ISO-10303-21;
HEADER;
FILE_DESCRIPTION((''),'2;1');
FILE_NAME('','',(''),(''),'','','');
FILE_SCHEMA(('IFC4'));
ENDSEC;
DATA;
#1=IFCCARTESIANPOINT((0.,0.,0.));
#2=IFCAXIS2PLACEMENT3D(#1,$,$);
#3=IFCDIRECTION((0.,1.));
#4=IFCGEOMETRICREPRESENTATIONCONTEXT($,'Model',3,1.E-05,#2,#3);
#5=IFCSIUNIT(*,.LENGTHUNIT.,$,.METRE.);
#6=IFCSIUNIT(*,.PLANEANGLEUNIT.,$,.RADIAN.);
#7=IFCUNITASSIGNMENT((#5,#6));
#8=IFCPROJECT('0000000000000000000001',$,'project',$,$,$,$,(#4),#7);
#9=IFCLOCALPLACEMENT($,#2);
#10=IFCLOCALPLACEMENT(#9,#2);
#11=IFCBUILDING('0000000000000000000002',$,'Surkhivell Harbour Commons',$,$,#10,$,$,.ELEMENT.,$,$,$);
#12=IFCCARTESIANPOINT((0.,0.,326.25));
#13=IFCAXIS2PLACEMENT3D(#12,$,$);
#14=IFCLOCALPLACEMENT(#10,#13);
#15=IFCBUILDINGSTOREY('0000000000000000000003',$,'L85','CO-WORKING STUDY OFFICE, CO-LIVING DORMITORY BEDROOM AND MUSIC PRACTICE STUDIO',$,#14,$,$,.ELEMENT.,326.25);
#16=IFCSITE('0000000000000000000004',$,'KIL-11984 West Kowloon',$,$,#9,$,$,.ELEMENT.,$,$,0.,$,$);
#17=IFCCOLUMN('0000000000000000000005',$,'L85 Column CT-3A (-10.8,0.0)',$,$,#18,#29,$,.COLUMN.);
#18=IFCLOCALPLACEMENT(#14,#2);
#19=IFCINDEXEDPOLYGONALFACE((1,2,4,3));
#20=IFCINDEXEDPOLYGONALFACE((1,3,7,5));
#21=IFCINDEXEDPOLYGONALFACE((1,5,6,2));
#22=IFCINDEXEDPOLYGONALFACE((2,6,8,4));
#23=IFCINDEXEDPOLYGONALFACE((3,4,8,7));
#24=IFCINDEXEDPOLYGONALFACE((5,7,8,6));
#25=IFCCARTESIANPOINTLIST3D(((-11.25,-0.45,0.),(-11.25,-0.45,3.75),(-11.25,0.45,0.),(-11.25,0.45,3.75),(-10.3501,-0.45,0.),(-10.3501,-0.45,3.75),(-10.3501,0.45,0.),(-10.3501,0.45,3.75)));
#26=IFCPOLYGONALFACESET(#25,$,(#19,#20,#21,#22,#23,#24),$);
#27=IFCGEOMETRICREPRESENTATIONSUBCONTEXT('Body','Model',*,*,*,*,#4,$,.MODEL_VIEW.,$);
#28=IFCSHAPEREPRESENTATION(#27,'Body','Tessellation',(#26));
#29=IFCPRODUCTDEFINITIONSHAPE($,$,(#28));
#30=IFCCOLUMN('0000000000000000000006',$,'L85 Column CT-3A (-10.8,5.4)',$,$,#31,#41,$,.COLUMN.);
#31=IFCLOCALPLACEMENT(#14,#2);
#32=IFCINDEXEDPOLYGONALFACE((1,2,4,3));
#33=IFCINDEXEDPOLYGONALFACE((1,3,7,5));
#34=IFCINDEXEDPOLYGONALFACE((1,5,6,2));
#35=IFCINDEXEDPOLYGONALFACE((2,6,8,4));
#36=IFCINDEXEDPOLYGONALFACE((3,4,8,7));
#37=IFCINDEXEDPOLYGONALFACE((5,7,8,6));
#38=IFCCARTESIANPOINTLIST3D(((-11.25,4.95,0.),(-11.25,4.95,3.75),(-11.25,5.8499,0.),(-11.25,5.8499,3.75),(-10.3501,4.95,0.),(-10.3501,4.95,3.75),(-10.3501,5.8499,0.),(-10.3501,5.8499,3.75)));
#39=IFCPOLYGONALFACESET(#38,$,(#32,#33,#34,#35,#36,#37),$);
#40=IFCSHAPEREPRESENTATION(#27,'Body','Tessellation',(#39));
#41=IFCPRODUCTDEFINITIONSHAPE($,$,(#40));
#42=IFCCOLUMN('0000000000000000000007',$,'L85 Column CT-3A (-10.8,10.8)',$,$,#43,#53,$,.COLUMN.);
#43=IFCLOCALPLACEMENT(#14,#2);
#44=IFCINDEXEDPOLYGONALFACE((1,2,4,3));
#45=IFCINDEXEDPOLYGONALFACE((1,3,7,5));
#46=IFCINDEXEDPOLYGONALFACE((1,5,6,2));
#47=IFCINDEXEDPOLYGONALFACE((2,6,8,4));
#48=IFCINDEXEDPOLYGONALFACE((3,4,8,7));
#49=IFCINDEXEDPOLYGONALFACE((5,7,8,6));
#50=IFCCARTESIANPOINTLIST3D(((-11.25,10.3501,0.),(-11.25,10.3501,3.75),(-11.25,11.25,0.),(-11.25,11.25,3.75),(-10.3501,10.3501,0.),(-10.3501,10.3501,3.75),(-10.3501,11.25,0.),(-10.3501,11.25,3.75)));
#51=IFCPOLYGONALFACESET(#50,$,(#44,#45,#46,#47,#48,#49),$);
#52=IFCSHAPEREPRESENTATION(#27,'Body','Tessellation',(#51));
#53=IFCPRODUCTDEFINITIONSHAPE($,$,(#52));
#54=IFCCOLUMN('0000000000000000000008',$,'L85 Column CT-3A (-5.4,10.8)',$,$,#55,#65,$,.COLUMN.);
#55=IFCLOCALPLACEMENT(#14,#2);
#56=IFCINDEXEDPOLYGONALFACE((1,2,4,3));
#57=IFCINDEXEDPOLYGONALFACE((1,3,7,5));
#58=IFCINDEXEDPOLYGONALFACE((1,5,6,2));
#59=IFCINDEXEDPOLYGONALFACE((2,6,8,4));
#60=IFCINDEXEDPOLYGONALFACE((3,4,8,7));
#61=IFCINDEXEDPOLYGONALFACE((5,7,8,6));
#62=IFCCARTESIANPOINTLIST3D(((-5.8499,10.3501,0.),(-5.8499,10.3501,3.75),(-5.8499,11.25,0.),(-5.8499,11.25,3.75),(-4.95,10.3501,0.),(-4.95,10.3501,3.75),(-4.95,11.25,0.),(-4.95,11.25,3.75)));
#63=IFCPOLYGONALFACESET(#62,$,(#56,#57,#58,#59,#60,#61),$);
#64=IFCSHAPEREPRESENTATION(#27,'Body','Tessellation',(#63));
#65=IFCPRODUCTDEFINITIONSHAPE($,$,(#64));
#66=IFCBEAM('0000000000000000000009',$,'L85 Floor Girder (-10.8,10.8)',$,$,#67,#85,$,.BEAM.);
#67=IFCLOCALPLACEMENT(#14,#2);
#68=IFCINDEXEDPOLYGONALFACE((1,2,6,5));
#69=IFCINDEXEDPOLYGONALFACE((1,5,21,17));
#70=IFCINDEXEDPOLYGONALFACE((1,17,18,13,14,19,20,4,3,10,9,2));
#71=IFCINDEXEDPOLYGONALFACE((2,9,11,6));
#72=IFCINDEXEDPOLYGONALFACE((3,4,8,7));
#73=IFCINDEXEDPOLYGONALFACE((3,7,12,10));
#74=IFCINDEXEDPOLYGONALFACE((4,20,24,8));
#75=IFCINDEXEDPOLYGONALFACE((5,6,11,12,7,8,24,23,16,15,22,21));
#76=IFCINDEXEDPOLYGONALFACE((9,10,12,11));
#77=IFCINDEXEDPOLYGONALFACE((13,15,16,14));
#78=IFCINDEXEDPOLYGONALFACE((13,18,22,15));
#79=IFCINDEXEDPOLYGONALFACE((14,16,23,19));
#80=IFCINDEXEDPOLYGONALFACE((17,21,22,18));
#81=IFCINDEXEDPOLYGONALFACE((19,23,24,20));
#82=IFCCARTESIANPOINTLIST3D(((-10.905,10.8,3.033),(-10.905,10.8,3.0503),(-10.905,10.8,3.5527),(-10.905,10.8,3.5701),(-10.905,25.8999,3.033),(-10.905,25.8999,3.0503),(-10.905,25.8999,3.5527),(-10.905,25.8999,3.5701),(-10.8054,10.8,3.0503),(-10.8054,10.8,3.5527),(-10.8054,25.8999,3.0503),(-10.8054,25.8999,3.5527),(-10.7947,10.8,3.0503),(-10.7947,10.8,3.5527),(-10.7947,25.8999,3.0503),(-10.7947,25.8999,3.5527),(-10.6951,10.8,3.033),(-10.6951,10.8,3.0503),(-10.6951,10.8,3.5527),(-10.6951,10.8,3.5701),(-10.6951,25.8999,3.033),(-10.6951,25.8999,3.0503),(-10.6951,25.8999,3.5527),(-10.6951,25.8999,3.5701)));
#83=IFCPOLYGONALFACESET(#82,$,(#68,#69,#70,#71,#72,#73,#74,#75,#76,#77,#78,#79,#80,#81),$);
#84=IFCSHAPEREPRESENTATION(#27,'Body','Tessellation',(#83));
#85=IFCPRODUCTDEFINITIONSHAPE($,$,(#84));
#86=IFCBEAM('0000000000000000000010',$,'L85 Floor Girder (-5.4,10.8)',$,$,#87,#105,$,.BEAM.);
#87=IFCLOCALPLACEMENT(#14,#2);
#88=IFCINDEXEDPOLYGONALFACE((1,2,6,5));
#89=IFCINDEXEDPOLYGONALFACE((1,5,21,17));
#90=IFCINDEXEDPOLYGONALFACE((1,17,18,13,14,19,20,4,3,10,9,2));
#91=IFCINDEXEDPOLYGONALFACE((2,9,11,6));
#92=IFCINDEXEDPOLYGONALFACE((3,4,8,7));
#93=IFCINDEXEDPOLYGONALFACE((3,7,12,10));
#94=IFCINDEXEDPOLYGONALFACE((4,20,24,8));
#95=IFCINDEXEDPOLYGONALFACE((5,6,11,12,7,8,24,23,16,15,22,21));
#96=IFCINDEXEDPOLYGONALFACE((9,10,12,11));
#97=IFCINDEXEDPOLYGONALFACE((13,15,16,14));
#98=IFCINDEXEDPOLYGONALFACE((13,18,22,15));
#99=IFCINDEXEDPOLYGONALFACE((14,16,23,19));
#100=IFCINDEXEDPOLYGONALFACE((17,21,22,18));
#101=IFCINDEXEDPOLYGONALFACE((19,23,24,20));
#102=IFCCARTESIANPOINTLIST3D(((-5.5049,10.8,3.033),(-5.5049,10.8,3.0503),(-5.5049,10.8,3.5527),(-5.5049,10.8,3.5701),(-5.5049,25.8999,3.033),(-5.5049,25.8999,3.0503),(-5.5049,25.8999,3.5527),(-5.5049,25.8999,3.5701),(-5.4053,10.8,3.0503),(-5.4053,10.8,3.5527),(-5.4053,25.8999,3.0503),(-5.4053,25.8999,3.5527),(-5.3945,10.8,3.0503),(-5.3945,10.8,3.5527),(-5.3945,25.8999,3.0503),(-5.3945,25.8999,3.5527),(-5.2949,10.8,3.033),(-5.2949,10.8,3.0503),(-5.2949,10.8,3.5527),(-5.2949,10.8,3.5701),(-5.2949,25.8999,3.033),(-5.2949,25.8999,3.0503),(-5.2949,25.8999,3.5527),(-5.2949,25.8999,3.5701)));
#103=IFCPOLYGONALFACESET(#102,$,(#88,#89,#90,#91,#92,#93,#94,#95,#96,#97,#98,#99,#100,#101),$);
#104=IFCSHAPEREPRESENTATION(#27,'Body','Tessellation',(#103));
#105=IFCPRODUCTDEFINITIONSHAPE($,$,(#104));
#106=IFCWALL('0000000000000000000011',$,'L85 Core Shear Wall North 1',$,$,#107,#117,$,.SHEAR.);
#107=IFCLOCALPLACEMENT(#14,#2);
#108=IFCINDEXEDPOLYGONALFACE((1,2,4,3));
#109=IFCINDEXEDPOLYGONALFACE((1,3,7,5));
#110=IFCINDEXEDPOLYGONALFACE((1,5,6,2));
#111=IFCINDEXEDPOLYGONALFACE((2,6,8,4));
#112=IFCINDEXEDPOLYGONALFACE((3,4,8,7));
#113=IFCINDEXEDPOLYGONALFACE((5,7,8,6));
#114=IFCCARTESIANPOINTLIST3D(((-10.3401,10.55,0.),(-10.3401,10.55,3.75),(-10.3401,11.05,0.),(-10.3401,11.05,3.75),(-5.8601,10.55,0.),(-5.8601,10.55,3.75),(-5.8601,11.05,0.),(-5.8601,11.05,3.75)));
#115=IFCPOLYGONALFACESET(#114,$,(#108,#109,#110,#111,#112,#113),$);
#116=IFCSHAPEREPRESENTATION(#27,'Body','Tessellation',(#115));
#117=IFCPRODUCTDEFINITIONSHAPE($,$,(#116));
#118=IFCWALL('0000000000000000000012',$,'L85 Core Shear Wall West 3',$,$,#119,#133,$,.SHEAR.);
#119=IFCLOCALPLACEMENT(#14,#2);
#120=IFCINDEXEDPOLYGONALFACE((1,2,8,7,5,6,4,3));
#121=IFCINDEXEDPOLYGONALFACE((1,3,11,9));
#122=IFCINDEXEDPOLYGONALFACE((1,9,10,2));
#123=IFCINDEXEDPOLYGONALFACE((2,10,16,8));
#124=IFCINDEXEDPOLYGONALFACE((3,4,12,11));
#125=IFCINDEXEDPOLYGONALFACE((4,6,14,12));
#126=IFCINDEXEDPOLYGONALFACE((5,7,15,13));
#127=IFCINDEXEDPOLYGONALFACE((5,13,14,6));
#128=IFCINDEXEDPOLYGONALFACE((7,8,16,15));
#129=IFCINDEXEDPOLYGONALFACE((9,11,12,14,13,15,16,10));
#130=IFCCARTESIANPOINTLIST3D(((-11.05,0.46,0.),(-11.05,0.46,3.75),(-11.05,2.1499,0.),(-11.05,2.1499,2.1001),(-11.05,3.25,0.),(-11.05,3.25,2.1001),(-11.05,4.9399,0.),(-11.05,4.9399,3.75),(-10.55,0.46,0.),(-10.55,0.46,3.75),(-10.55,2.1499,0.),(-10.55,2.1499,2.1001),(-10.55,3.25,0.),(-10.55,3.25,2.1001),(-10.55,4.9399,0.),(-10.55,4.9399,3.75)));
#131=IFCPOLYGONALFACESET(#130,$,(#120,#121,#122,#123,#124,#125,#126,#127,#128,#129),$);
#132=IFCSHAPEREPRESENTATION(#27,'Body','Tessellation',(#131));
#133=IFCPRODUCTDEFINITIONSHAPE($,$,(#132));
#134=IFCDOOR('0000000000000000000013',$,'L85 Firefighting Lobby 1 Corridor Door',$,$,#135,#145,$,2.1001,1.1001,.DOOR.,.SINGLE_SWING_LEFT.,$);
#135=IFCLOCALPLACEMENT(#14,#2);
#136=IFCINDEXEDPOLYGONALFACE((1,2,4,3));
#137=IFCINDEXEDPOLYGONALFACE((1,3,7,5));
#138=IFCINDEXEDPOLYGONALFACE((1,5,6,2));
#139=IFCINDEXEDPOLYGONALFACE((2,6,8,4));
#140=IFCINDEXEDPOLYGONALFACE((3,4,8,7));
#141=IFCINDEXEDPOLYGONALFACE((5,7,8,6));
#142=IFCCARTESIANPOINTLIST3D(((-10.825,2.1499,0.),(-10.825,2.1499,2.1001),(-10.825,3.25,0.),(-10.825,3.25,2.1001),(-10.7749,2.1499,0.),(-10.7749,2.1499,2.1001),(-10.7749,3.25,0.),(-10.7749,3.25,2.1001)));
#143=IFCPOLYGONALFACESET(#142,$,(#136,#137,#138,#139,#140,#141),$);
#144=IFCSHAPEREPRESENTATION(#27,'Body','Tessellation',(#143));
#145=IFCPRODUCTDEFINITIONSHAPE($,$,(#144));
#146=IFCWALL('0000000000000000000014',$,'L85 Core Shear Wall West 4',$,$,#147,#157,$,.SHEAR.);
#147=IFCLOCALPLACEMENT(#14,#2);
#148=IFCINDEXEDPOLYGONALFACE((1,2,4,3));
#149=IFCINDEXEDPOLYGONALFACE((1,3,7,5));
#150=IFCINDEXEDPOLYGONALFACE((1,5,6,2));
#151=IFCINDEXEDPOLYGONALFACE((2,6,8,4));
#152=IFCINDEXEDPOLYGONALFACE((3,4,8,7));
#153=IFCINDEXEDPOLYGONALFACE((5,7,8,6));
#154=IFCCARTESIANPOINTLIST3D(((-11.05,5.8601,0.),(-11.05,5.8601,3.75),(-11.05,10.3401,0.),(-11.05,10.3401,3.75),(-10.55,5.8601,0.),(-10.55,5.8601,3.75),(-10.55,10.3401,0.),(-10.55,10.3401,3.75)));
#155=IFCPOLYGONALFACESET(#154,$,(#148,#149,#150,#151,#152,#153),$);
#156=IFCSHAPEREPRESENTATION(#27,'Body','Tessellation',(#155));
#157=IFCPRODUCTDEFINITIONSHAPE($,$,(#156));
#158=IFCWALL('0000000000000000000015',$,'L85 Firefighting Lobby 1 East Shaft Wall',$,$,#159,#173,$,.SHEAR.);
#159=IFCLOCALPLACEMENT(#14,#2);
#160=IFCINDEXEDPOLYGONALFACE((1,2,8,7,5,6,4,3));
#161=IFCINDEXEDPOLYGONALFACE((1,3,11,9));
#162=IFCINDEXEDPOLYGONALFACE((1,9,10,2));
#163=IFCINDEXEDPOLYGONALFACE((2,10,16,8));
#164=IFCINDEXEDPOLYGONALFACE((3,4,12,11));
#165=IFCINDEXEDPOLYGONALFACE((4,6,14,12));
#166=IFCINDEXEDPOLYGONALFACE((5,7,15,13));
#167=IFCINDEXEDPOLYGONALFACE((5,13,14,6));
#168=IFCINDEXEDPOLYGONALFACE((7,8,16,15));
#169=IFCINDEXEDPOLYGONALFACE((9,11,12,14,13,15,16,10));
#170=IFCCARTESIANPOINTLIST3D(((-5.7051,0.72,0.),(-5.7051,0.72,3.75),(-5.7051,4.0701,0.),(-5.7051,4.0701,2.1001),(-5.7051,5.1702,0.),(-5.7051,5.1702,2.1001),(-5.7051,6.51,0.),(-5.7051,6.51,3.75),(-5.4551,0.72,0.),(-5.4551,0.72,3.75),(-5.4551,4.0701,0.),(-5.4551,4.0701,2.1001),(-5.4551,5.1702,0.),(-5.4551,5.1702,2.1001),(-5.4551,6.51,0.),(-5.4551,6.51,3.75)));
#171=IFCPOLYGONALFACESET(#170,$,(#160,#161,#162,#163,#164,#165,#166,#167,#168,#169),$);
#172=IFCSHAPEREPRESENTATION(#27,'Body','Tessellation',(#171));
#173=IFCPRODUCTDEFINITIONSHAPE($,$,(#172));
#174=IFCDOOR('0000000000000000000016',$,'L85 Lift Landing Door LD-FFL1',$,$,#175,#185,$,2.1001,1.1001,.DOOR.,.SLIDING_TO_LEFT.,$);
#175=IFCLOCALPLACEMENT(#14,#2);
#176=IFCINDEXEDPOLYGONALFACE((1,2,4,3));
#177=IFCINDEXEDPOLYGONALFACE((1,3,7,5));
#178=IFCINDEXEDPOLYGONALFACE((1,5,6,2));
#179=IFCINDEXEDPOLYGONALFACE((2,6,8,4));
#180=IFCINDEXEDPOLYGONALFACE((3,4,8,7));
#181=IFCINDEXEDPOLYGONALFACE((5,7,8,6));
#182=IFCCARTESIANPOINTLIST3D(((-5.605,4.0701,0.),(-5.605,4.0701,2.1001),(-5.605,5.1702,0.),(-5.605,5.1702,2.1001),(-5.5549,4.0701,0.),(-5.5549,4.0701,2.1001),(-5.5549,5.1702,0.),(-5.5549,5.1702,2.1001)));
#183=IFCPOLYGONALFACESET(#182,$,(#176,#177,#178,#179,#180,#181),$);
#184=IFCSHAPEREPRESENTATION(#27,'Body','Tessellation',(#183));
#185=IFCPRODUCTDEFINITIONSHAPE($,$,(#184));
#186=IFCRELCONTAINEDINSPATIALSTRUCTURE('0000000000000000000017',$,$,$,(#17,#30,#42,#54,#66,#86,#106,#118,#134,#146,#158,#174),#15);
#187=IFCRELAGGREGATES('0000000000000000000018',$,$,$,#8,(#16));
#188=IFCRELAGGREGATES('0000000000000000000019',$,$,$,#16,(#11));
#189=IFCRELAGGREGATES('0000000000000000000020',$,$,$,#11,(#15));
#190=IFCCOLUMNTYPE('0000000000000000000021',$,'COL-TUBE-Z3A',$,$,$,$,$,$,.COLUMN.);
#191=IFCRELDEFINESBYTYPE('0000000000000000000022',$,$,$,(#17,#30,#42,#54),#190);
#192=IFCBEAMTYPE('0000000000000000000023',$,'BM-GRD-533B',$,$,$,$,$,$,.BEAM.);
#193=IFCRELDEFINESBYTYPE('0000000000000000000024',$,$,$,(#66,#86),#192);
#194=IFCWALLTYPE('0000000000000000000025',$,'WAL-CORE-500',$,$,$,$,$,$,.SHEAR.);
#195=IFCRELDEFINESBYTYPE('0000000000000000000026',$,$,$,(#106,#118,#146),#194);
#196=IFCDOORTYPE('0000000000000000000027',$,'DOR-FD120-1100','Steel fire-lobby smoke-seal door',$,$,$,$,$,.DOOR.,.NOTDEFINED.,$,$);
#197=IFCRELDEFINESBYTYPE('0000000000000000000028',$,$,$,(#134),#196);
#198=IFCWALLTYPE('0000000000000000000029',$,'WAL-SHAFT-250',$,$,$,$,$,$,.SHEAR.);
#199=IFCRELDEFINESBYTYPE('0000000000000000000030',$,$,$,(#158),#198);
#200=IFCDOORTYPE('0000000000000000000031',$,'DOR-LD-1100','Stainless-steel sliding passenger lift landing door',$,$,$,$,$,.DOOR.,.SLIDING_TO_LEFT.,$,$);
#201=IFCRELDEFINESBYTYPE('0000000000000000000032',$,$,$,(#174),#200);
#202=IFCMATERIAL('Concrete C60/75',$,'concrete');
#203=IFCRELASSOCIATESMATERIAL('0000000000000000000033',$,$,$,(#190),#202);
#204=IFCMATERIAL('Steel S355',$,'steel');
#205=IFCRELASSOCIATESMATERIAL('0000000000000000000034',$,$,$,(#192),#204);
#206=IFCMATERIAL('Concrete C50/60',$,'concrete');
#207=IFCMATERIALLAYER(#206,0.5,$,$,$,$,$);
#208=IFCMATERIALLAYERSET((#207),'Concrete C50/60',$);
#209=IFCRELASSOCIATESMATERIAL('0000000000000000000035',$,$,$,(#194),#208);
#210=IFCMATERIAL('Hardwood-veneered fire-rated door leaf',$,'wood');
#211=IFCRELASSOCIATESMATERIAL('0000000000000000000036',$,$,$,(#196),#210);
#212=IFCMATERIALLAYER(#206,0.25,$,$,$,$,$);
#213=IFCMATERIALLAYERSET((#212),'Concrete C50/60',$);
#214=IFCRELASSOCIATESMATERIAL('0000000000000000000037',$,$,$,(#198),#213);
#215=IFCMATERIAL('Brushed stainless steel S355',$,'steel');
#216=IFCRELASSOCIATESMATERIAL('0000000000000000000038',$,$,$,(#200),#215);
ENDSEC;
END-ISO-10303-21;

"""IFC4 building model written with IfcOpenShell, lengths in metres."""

from ifc_helpers import new_model, si_unit, direction, frame, frame_2d, origin, origin_2d, place, context, subcontext, project, spatial, rectangle, i_section, extrude, material, layer, layer_set, material_profile, profile_set, type_object, element, fill, save


model = new_model("IFC4")

# Units and contexts
model_context = context("Model", 3, precision=1e-05, world=origin(), true_north=direction((0.0, 1.0)))
body_context = subcontext(model_context, "Body", "Model", "MODEL_VIEW")
ifc_project = project(units=[si_unit("LENGTHUNIT", "METRE"), si_unit("PLANEANGLEUNIT", "RADIAN")], contexts=[model_context])

# Site, building, storey
site_placement = place(None, origin())
site = spatial("IfcSite", under=ifc_project, at=site_placement, Name="KIL-11984 West Kowloon", CompositionType="ELEMENT", RefElevation=0.0)
building_placement = place(site_placement, origin())
building = spatial("IfcBuilding", under=site, at=building_placement, Name="Surkhivell Harbour Commons", CompositionType="ELEMENT")
storey_placement = place(building_placement, frame((0.0, 0.0, 326.25)))
storey = spatial("IfcBuildingStorey", under=building, at=storey_placement, Name="L85", Description="CO-WORKING STUDY OFFICE, CO-LIVING DORMITORY BEDROOM AND MUSIC PRACTICE STUDIO", CompositionType="ELEMENT", Elevation=326.25)

# Columns
ifc_material_1 = material(Name="Concrete C60/75", Category="concrete")
ifc_material_profile_1 = material_profile(ifc_material_1, rectangle(XDim=0.8999, YDim=0.8999, at=origin_2d()), Name="RC-COL-900x900")
ifc_profile_set_1 = profile_set([ifc_material_profile_1], Name="Concrete C60/75")
column_type = type_object("IfcColumnType", Name="COL-TUBE-Z3A", PredefinedType="COLUMN", material=ifc_profile_set_1)
for number, where, z_axis, x_axis, name in (
    (1, (-10.8, 0.0, 0.0), (0.0, 0.0, 1.0), (1.0, 0.0, 0.0), "L85 Column CT-3A (-10.8,0.0)"),
    (2, (-10.8, 5.3999, 0.0), (0.0, 0.0, 1.0), (1.0, 0.0, 0.0), "L85 Column CT-3A (-10.8,5.4)"),
    (3, (-10.8, 10.8, 0.0), (0.0, 0.0, 1.0), (1.0, 0.0, 0.0), "L85 Column CT-3A (-10.8,10.8)"),
    (4, (-5.3999, 10.8, 0.0), (0.0, 0.0, 1.0), (1.0, 0.0, 0.0), "L85 Column CT-3A (-5.4,10.8)"),
):
    element("IfcColumn", number, at=place(storey_placement, frame(where, z_axis=z_axis, x_axis=x_axis)), inside=storey, type_object=column_type, Name=name, PredefinedType="COLUMN", context=body_context, shape_type="SweptSolid", body=[
        extrude(rectangle(XDim=0.8999, YDim=0.8999, at=origin_2d()), origin(), (0.0, 0.0, 1.0), 3.75),
    ])

# Beams
ifc_material_2 = material(Name="Steel S355", Category="steel")
ifc_material_profile_2 = material_profile(ifc_material_2, i_section(OverallWidth=0.21, OverallDepth=0.5371, WebThickness=0.0107, FlangeThickness=0.0173, at=origin_2d()), Name="UB533x210x101")
ifc_profile_set_2 = profile_set([ifc_material_profile_2], Name="Steel S355")
beam_type = type_object("IfcBeamType", Name="BM-GRD-533B", PredefinedType="BEAM", material=ifc_profile_set_2)
for number, where, z_axis, x_axis, name in (
    (5, (-10.8, 10.8, 3.3015), (0.0, 1.0, 0.0), (-1.0, 0.0, 0.0), "L85 Floor Girder (-10.8,10.8)"),
    (6, (-5.3999, 10.8, 3.3015), (0.0, 1.0, 0.0), (-1.0, 0.0, 0.0), "L85 Floor Girder (-5.4,10.8)"),
):
    element("IfcBeam", number, at=place(storey_placement, frame(where, z_axis=z_axis, x_axis=x_axis)), inside=storey, type_object=beam_type, Name=name, PredefinedType="BEAM", context=body_context, shape_type="SweptSolid", body=[
        extrude(i_section(OverallWidth=0.21, OverallDepth=0.5371, WebThickness=0.0107, FlangeThickness=0.0173, at=origin_2d()), origin(), (0.0, 0.0, 1.0), 15.0999),
    ])

# Wall
ifc_material_3 = material(Name="Concrete C50/60", Category="concrete")
ifc_layer_1 = layer(ifc_material_3, 0.5)
ifc_layer_set_1 = layer_set([ifc_layer_1], Name="Concrete C50/60")
wall_type_1 = type_object("IfcWallType", Name="WAL-CORE-500", PredefinedType="SHEAR", material=ifc_layer_set_1)
wall_1_placement = place(storey_placement, frame((-10.3401, 10.8, 0.0), z_axis=(0.0, 0.0, 1.0), x_axis=(1.0, 0.0, 0.0)))
element("IfcWall", 7, at=wall_1_placement, inside=storey, type_object=wall_type_1, Name="L85 Core Shear Wall North 1", PredefinedType="SHEAR", context=body_context, shape_type="SweptSolid", body=[
    extrude(rectangle(XDim=4.48, YDim=0.5, at=frame_2d((2.24, 0.0))), origin(), (0.0, 0.0, 1.0), 3.75),
])

# Wall, opening, door
wall_2_placement = place(storey_placement, frame((-10.8, 0.46, 0.0), z_axis=(0.0, 0.0, 1.0), x_axis=(0.0, 1.0, 0.0)))
wall_2 = element("IfcWall", 8, at=wall_2_placement, inside=storey, type_object=wall_type_1, Name="L85 Core Shear Wall West 3", PredefinedType="SHEAR", context=body_context, shape_type="SweptSolid", body=[
    extrude(rectangle(XDim=4.48, YDim=0.5, at=frame_2d((2.24, 0.0))), origin(), (0.0, 0.0, 1.0), 3.75),
])
opening_1_placement = place(wall_2_placement, frame((1.6899, 0.0, 0.0)))
opening_1 = element("IfcOpeningElement", 9, at=opening_1_placement, cuts=wall_2, PredefinedType="OPENING", context=body_context, shape_type="SweptSolid", body=[
    extrude(rectangle(XDim=1.1001, YDim=2.1001, at=frame_2d((0.55, 1.05))), frame((0.0, 0.26, 0.0), z_axis=(0.0, -1.0, 0.0), x_axis=(1.0, 0.0, 0.0)), (0.0, 0.0, 1.0), 0.52),
])
ifc_material_4 = material(Name="Hardwood-veneered fire-rated door leaf", Category="wood")
door_type_1 = type_object("IfcDoorType", Name="DOR-FD120-1100", Description="Steel fire-lobby smoke-seal door", OperationType="NOTDEFINED", PredefinedType="DOOR", material=ifc_material_4)
door_1_placement = place(opening_1_placement, origin())
door_1 = element("IfcDoor", 10, at=door_1_placement, inside=storey, type_object=door_type_1, Name="L85 Firefighting Lobby 1 Corridor Door", OperationType="SINGLE_SWING_LEFT", OverallHeight=2.1001, OverallWidth=1.1001, PredefinedType="DOOR", context=body_context, shape_type="SweptSolid", body=[
    extrude(rectangle(XDim=1.1001, YDim=2.1001, at=frame_2d((0.55, 1.05))), frame((0.0, 0.0249, 0.0), z_axis=(0.0, -1.0, 0.0), x_axis=(1.0, 0.0, 0.0)), (0.0, 0.0, 1.0), 0.05),
])
fill(opening_1, door_1)

# Wall
wall_3_placement = place(storey_placement, frame((-10.8, 5.8601, 0.0), z_axis=(0.0, 0.0, 1.0), x_axis=(0.0, 1.0, 0.0)))
element("IfcWall", 11, at=wall_3_placement, inside=storey, type_object=wall_type_1, Name="L85 Core Shear Wall West 4", PredefinedType="SHEAR", context=body_context, shape_type="SweptSolid", body=[
    extrude(rectangle(XDim=4.48, YDim=0.5, at=frame_2d((2.24, 0.0))), origin(), (0.0, 0.0, 1.0), 3.75),
])

# Wall, opening, door
ifc_layer_2 = layer(ifc_material_3, 0.25)
ifc_layer_set_2 = layer_set([ifc_layer_2], Name="Concrete C50/60")
wall_type_2 = type_object("IfcWallType", Name="WAL-SHAFT-250", PredefinedType="SHEAR", material=ifc_layer_set_2)
wall_4_placement = place(storey_placement, frame((-5.5801, 0.72, 0.0), z_axis=(0.0, 0.0, 1.0), x_axis=(0.0, 1.0, 0.0)))
wall_4 = element("IfcWall", 12, at=wall_4_placement, inside=storey, type_object=wall_type_2, Name="L85 Firefighting Lobby 1 East Shaft Wall", PredefinedType="SHEAR", context=body_context, shape_type="SweptSolid", body=[
    extrude(rectangle(XDim=5.79, YDim=0.25, at=frame_2d((2.895, 0.0))), origin(), (0.0, 0.0, 1.0), 3.75),
])
opening_2_placement = place(wall_4_placement, frame((3.3501, 0.0, 0.0)))
opening_2 = element("IfcOpeningElement", 13, at=opening_2_placement, cuts=wall_4, PredefinedType="OPENING", context=body_context, shape_type="SweptSolid", body=[
    extrude(rectangle(XDim=1.1001, YDim=2.1001, at=frame_2d((0.55, 1.05))), frame((0.0, 0.135, 0.0), z_axis=(0.0, -1.0, 0.0), x_axis=(1.0, 0.0, 0.0)), (0.0, 0.0, 1.0), 0.27),
])
ifc_material_5 = material(Name="Brushed stainless steel S355", Category="steel")
door_type_2 = type_object("IfcDoorType", Name="DOR-LD-1100", Description="Stainless-steel sliding passenger lift landing door", OperationType="SLIDING_TO_LEFT", PredefinedType="DOOR", material=ifc_material_5)
door_2_placement = place(opening_2_placement, origin())
door_2 = element("IfcDoor", 14, at=door_2_placement, inside=storey, type_object=door_type_2, Name="L85 Lift Landing Door LD-FFL1", OperationType="SLIDING_TO_LEFT", OverallHeight=2.1001, OverallWidth=1.1001, PredefinedType="DOOR", context=body_context, shape_type="SweptSolid", body=[
    extrude(rectangle(XDim=1.1001, YDim=2.1001, at=frame_2d((0.55, 1.05))), frame((0.0, 0.0249, 0.0), z_axis=(0.0, -1.0, 0.0), x_axis=(1.0, 0.0, 0.0)), (0.0, 0.0, 1.0), 0.05),
])
fill(opening_2, door_2)

save(model, "model.ifc")
